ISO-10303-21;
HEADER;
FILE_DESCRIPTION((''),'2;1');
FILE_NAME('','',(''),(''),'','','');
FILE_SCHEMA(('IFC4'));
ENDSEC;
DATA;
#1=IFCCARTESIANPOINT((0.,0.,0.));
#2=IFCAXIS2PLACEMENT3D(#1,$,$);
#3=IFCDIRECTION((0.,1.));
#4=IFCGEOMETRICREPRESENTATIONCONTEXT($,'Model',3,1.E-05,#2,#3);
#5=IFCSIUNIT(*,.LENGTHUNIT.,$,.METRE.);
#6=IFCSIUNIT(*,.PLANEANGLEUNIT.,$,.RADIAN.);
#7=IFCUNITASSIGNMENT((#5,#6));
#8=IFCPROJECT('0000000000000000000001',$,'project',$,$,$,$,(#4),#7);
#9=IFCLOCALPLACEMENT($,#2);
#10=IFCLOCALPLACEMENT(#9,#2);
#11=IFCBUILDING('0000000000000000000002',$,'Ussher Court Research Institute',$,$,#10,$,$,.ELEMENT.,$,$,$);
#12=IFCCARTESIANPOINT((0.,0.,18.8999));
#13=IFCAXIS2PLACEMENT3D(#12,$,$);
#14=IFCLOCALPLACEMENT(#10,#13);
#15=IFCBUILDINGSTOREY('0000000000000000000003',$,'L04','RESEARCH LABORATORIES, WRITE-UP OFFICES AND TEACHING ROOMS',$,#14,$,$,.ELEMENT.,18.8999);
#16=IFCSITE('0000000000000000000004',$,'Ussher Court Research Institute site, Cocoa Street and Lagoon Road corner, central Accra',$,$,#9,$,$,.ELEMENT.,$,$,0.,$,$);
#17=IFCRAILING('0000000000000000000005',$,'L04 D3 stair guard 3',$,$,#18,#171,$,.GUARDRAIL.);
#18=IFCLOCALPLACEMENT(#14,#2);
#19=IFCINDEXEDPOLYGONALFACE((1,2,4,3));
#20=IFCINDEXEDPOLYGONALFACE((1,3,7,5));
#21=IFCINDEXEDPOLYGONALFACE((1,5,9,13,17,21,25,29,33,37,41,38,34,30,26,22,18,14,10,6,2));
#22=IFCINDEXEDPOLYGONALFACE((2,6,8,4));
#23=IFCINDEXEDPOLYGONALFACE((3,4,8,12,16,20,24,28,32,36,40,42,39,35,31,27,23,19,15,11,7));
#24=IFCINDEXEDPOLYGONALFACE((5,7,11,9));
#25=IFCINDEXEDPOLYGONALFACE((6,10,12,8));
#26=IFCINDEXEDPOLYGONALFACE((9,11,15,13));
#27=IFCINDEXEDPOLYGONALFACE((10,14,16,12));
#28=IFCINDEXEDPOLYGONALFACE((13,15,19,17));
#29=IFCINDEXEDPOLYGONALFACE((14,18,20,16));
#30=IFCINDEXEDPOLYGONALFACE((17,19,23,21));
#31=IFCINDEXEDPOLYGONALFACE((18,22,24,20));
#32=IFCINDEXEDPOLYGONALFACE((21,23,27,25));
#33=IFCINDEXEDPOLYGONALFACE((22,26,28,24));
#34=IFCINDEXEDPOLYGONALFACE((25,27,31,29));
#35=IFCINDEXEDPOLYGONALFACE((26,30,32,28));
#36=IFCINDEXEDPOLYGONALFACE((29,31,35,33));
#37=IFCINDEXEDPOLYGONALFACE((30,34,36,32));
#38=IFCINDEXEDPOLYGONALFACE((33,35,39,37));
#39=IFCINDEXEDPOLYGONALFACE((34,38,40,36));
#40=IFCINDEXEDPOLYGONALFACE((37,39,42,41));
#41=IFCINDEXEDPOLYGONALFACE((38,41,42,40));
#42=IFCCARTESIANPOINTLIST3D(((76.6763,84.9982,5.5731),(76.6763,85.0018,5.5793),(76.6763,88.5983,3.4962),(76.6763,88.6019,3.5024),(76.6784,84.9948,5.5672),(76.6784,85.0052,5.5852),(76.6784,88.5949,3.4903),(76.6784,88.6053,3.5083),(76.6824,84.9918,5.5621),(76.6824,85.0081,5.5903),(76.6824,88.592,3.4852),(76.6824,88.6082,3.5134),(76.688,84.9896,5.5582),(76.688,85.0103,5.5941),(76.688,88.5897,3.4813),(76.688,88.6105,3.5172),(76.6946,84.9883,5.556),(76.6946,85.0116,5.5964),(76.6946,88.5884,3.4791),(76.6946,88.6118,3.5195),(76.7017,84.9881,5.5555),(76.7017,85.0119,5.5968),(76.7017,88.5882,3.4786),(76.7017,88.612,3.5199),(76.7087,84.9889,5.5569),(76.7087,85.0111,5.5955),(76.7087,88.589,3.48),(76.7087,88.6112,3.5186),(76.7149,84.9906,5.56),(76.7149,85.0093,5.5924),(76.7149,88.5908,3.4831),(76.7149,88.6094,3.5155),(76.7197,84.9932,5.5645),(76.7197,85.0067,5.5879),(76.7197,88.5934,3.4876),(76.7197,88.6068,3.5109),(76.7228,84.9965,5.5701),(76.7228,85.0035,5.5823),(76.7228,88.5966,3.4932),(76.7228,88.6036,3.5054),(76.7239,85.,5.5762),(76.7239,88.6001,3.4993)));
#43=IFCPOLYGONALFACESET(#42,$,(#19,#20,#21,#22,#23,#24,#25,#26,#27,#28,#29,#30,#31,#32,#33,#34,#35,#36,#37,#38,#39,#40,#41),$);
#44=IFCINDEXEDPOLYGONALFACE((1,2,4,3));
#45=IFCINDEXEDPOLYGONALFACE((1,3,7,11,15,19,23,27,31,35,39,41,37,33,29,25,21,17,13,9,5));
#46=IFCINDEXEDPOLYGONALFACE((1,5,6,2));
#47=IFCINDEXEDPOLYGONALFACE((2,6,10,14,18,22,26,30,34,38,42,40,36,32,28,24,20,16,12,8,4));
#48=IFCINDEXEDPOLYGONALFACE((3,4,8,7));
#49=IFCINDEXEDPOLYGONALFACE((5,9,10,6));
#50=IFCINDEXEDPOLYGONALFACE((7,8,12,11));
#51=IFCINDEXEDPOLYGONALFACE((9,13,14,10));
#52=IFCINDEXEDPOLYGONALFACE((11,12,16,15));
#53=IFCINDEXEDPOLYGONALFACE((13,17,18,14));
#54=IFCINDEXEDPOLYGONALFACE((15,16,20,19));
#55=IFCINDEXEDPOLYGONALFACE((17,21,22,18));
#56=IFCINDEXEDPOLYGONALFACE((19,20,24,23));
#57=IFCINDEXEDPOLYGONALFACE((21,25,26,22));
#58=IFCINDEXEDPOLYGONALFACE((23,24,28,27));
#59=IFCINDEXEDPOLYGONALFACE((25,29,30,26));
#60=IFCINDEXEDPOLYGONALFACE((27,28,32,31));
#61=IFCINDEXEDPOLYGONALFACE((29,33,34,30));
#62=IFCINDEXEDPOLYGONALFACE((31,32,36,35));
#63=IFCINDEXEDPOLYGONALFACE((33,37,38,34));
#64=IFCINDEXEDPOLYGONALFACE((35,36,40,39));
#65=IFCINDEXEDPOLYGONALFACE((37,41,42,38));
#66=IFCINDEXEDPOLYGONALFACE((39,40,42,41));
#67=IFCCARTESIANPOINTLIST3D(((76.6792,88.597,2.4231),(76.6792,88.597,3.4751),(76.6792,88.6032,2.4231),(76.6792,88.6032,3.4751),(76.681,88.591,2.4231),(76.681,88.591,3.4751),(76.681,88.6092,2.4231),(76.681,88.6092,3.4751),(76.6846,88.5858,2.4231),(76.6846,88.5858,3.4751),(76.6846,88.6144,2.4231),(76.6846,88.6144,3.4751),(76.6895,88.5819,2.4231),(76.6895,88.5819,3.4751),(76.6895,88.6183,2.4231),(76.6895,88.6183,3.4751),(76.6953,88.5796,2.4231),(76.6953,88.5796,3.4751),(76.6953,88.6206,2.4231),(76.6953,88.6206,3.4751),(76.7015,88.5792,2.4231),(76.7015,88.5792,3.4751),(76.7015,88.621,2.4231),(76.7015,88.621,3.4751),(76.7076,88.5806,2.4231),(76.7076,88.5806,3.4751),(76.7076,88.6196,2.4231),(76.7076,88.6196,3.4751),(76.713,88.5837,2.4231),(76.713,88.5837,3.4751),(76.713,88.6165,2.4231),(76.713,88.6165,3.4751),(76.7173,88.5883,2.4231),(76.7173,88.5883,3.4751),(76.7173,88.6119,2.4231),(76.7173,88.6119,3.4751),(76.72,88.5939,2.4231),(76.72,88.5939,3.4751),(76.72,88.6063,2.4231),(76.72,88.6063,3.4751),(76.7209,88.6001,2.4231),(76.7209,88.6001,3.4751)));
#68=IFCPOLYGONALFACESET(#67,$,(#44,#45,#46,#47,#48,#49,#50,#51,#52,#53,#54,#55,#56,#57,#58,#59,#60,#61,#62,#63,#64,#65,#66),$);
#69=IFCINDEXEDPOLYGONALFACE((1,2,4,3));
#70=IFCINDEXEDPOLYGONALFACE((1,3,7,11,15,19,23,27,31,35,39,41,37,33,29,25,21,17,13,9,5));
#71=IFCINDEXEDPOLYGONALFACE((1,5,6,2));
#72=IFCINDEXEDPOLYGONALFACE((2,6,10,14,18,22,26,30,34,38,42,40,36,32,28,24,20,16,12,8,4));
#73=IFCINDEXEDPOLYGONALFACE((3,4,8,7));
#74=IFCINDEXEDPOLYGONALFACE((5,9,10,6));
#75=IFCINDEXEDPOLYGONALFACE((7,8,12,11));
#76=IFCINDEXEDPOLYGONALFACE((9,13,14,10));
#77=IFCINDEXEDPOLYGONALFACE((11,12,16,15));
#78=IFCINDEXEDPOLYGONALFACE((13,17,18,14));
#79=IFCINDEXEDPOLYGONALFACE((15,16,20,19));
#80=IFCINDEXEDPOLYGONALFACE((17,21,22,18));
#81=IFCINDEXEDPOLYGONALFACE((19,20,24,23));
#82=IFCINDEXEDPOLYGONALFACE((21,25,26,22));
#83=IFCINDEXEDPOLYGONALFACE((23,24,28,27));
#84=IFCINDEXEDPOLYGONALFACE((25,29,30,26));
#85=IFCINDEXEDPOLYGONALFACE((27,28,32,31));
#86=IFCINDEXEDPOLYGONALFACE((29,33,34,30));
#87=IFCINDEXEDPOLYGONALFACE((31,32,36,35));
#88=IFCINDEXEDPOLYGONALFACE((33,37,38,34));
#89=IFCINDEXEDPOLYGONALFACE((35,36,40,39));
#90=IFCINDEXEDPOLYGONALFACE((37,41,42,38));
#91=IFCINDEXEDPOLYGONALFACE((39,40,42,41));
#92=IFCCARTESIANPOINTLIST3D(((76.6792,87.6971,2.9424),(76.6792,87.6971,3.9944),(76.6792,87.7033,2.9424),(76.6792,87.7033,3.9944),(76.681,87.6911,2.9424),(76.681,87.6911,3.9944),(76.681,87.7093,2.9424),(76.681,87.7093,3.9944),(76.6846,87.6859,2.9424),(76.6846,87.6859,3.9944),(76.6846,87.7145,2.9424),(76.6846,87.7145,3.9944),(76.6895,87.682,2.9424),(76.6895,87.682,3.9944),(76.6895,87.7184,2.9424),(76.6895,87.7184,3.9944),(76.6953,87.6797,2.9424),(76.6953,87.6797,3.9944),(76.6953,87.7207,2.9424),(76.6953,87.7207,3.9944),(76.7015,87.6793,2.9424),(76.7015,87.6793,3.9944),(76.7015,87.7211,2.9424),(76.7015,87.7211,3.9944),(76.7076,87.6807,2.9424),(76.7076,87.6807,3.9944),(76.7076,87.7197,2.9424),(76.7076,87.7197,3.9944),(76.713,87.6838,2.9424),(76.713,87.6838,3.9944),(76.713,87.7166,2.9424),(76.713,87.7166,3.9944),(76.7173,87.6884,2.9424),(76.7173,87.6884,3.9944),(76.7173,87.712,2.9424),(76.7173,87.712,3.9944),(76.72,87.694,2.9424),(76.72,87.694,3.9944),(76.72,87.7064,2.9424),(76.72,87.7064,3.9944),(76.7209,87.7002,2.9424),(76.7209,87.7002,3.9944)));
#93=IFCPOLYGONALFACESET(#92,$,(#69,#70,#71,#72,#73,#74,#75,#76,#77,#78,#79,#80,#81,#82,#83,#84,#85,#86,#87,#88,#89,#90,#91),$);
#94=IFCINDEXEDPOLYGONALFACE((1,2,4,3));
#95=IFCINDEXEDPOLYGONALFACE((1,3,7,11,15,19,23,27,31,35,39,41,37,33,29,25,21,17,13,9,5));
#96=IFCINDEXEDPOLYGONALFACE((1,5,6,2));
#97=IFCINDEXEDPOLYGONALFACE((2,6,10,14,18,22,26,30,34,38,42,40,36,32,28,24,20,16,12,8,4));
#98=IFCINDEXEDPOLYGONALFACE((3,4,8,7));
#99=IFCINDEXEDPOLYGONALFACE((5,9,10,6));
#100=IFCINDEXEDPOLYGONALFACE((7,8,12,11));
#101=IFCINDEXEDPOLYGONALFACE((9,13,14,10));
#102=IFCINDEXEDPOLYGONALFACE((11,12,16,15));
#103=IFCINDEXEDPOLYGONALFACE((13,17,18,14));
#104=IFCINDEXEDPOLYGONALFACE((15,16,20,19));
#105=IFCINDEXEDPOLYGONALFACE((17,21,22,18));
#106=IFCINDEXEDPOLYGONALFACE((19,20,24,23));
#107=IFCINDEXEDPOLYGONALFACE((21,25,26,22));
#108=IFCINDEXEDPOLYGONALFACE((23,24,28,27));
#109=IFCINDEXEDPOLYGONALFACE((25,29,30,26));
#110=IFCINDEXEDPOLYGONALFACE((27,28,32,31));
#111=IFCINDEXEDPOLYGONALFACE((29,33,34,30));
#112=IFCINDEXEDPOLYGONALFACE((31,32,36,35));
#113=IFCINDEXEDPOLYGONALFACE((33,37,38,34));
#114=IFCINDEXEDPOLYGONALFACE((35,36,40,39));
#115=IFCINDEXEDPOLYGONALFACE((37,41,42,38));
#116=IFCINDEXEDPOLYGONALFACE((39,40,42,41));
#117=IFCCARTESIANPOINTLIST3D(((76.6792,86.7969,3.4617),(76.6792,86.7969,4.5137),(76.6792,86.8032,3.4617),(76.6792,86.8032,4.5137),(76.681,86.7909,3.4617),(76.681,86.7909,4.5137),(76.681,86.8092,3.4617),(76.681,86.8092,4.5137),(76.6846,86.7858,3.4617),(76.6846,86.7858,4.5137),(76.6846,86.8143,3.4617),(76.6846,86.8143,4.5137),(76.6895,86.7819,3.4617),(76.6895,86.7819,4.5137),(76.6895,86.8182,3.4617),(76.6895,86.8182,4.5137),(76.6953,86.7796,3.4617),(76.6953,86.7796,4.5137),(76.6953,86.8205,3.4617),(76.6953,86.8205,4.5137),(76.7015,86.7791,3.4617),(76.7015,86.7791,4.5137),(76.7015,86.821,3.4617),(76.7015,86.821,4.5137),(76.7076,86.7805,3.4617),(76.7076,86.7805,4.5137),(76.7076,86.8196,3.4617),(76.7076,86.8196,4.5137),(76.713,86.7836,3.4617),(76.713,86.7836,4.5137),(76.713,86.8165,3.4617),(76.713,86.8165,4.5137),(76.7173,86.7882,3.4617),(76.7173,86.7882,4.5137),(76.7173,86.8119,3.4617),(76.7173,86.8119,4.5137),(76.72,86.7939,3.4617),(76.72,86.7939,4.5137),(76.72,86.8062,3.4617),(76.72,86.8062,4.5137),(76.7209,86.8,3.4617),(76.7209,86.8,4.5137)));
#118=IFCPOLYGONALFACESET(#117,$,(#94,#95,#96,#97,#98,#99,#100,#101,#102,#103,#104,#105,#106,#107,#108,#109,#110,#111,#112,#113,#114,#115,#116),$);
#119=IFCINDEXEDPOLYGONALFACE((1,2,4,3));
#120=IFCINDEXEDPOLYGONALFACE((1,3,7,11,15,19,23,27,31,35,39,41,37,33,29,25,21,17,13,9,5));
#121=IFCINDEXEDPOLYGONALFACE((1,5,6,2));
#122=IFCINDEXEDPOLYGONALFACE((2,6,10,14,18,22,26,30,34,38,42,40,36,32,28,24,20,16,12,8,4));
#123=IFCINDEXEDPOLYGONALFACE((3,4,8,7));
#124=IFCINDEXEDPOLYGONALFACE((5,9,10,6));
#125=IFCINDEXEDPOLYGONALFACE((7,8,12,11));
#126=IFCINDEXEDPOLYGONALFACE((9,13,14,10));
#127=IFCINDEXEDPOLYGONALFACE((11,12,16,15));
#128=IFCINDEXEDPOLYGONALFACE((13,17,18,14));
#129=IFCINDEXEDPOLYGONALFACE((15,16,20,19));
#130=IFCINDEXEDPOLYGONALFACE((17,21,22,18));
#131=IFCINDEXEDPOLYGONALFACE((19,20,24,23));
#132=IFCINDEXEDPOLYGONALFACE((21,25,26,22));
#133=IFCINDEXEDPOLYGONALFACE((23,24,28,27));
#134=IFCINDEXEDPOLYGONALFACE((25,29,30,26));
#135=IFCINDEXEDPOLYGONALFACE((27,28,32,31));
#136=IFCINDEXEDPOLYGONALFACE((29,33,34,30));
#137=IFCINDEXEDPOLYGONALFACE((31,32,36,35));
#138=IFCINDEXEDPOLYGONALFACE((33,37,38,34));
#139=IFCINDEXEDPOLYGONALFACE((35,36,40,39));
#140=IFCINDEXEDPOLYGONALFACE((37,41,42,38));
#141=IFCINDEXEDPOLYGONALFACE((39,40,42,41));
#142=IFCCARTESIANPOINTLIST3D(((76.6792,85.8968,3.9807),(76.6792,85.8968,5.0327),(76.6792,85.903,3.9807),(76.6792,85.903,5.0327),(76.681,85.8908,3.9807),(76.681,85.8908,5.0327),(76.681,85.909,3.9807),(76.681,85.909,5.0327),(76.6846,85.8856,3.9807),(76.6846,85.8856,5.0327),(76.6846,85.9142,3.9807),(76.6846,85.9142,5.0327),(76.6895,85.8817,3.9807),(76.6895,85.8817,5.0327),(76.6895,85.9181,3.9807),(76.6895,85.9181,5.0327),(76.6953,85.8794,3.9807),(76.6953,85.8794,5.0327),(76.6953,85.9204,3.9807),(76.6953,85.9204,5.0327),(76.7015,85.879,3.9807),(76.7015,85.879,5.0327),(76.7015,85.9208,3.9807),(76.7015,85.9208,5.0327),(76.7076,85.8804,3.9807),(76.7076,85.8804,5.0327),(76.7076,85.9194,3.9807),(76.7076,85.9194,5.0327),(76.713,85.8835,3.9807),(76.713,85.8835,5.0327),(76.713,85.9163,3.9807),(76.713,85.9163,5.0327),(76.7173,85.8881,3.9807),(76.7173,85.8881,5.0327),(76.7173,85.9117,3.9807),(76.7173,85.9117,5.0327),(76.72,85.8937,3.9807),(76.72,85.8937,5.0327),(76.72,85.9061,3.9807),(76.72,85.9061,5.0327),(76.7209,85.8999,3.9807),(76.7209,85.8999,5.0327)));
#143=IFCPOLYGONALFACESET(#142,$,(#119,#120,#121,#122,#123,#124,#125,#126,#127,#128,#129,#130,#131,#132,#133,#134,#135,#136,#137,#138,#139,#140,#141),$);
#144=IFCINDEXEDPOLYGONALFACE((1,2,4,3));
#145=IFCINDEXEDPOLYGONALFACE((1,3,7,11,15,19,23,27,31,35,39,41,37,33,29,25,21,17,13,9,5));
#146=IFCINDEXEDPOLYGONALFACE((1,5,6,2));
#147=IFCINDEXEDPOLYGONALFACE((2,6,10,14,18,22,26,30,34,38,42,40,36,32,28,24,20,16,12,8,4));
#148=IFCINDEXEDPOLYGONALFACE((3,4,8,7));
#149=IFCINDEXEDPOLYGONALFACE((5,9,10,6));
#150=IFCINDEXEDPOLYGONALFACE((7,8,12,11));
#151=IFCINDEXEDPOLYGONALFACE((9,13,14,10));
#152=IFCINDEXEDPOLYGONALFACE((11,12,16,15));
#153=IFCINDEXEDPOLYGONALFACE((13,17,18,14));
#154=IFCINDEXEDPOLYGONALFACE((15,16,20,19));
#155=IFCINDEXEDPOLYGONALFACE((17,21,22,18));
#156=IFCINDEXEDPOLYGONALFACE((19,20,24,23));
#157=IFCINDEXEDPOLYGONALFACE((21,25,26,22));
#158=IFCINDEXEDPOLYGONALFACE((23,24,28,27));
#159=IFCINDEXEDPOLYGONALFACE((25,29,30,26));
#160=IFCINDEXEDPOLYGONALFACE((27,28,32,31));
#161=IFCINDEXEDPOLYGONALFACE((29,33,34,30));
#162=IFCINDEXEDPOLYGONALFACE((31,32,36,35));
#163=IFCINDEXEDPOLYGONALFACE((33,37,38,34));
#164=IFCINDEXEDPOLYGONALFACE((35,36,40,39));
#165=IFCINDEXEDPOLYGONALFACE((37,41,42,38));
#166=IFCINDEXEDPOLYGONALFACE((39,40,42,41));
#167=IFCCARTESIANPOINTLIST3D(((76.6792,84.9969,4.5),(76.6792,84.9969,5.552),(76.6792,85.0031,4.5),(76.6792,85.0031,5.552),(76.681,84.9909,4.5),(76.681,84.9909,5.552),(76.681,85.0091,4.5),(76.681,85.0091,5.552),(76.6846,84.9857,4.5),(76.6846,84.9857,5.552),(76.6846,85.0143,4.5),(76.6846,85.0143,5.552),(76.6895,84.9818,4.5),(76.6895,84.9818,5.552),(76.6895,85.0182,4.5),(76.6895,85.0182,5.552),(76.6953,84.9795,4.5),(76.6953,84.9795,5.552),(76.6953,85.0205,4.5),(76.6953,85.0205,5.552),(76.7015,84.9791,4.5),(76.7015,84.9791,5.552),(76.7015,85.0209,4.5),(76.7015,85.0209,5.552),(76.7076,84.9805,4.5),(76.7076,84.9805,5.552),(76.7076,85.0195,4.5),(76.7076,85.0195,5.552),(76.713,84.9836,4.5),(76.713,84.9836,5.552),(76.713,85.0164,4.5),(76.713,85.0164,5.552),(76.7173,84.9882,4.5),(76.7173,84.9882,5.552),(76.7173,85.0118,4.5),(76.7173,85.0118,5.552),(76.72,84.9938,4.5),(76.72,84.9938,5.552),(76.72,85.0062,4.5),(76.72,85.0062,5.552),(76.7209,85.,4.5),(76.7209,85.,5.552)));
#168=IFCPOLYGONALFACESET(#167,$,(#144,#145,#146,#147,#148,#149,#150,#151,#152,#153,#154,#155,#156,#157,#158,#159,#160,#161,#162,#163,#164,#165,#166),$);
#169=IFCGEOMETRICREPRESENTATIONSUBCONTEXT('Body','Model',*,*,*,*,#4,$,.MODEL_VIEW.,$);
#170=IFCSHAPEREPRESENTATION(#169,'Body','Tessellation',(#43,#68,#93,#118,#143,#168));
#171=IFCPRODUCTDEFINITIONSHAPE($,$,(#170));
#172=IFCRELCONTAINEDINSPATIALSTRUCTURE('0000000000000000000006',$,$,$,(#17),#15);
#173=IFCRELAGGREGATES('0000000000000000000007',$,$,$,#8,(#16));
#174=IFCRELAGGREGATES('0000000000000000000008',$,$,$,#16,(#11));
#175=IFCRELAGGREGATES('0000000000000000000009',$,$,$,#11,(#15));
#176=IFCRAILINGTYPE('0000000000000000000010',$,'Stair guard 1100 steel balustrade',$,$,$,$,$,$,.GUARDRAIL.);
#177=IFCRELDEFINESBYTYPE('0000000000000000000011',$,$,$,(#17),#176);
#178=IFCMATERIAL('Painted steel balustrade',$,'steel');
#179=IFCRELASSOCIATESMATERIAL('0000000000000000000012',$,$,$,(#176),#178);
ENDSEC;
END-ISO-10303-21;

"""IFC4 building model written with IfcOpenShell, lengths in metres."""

from ifc_helpers import new_model, si_unit, direction, frame, origin, origin_2d, place, context, subcontext, project, spatial, circle, extrude, material, type_object, element, save


model = new_model("IFC4")

# Units and contexts
model_context = context("Model", 3, precision=1e-05, world=origin(), true_north=direction((0.0, 1.0)))
body_context = subcontext(model_context, "Body", "Model", "MODEL_VIEW")
ifc_project = project(units=[si_unit("LENGTHUNIT", "METRE"), si_unit("PLANEANGLEUNIT", "RADIAN")], contexts=[model_context])

# Site, building, storey
site_placement = place(None, origin())
site = spatial("IfcSite", under=ifc_project, at=site_placement, Name="Ussher Court Research Institute site, Cocoa Street and Lagoon Road corner, central Accra", CompositionType="ELEMENT", RefElevation=0.0)
building_placement = place(site_placement, origin())
building = spatial("IfcBuilding", under=site, at=building_placement, Name="Ussher Court Research Institute", CompositionType="ELEMENT")
storey_placement = place(building_placement, frame((0.0, 0.0, 18.8999)))
storey = spatial("IfcBuildingStorey", under=building, at=storey_placement, Name="L04", Description="RESEARCH LABORATORIES, WRITE-UP OFFICES AND TEACHING ROOMS", CompositionType="ELEMENT", Elevation=18.8999)

# Railing
ifc_material_1 = material(Name="Painted steel balustrade", Category="steel")
railing_type_1 = type_object("IfcRailingType", Name="Stair guard 1100 steel balustrade", PredefinedType="GUARDRAIL", material=ifc_material_1)
railing_1_placement = place(storey_placement, frame((76.7, 88.6001, 2.4231)))
element("IfcRailing", 1, at=railing_1_placement, inside=storey, type_object=railing_type_1, Name="L04 D3 stair guard 3", PredefinedType="GUARDRAIL", context=body_context, shape_type="SweptSolid", body=[
    extrude(circle(Radius=0.0239, at=origin_2d()), frame((0.0, 0.0, 1.0762), z_axis=(0.0, -0.866193, 0.499709), x_axis=(1.0, 0.0, 0.0)), (0.0, 0.0, 1.0), 4.1562),
    extrude(circle(Radius=0.021, at=origin_2d()), origin(), (0.0, 0.0, 1.0), 1.052),
    extrude(circle(Radius=0.021, at=origin_2d()), frame((0.0, -0.8999, 0.5193)), (0.0, 0.0, 1.0), 1.052),
    extrude(circle(Radius=0.021, at=origin_2d()), frame((0.0, -1.8, 1.0386)), (0.0, 0.0, 1.0), 1.052),
    extrude(circle(Radius=0.021, at=origin_2d()), frame((0.0, -2.7002, 1.5576)), (0.0, 0.0, 1.0), 1.052),
    extrude(circle(Radius=0.021, at=origin_2d()), frame((0.0, -3.6001, 2.0769)), (0.0, 0.0, 1.0), 1.052),
])

save(model, "model.ifc")
